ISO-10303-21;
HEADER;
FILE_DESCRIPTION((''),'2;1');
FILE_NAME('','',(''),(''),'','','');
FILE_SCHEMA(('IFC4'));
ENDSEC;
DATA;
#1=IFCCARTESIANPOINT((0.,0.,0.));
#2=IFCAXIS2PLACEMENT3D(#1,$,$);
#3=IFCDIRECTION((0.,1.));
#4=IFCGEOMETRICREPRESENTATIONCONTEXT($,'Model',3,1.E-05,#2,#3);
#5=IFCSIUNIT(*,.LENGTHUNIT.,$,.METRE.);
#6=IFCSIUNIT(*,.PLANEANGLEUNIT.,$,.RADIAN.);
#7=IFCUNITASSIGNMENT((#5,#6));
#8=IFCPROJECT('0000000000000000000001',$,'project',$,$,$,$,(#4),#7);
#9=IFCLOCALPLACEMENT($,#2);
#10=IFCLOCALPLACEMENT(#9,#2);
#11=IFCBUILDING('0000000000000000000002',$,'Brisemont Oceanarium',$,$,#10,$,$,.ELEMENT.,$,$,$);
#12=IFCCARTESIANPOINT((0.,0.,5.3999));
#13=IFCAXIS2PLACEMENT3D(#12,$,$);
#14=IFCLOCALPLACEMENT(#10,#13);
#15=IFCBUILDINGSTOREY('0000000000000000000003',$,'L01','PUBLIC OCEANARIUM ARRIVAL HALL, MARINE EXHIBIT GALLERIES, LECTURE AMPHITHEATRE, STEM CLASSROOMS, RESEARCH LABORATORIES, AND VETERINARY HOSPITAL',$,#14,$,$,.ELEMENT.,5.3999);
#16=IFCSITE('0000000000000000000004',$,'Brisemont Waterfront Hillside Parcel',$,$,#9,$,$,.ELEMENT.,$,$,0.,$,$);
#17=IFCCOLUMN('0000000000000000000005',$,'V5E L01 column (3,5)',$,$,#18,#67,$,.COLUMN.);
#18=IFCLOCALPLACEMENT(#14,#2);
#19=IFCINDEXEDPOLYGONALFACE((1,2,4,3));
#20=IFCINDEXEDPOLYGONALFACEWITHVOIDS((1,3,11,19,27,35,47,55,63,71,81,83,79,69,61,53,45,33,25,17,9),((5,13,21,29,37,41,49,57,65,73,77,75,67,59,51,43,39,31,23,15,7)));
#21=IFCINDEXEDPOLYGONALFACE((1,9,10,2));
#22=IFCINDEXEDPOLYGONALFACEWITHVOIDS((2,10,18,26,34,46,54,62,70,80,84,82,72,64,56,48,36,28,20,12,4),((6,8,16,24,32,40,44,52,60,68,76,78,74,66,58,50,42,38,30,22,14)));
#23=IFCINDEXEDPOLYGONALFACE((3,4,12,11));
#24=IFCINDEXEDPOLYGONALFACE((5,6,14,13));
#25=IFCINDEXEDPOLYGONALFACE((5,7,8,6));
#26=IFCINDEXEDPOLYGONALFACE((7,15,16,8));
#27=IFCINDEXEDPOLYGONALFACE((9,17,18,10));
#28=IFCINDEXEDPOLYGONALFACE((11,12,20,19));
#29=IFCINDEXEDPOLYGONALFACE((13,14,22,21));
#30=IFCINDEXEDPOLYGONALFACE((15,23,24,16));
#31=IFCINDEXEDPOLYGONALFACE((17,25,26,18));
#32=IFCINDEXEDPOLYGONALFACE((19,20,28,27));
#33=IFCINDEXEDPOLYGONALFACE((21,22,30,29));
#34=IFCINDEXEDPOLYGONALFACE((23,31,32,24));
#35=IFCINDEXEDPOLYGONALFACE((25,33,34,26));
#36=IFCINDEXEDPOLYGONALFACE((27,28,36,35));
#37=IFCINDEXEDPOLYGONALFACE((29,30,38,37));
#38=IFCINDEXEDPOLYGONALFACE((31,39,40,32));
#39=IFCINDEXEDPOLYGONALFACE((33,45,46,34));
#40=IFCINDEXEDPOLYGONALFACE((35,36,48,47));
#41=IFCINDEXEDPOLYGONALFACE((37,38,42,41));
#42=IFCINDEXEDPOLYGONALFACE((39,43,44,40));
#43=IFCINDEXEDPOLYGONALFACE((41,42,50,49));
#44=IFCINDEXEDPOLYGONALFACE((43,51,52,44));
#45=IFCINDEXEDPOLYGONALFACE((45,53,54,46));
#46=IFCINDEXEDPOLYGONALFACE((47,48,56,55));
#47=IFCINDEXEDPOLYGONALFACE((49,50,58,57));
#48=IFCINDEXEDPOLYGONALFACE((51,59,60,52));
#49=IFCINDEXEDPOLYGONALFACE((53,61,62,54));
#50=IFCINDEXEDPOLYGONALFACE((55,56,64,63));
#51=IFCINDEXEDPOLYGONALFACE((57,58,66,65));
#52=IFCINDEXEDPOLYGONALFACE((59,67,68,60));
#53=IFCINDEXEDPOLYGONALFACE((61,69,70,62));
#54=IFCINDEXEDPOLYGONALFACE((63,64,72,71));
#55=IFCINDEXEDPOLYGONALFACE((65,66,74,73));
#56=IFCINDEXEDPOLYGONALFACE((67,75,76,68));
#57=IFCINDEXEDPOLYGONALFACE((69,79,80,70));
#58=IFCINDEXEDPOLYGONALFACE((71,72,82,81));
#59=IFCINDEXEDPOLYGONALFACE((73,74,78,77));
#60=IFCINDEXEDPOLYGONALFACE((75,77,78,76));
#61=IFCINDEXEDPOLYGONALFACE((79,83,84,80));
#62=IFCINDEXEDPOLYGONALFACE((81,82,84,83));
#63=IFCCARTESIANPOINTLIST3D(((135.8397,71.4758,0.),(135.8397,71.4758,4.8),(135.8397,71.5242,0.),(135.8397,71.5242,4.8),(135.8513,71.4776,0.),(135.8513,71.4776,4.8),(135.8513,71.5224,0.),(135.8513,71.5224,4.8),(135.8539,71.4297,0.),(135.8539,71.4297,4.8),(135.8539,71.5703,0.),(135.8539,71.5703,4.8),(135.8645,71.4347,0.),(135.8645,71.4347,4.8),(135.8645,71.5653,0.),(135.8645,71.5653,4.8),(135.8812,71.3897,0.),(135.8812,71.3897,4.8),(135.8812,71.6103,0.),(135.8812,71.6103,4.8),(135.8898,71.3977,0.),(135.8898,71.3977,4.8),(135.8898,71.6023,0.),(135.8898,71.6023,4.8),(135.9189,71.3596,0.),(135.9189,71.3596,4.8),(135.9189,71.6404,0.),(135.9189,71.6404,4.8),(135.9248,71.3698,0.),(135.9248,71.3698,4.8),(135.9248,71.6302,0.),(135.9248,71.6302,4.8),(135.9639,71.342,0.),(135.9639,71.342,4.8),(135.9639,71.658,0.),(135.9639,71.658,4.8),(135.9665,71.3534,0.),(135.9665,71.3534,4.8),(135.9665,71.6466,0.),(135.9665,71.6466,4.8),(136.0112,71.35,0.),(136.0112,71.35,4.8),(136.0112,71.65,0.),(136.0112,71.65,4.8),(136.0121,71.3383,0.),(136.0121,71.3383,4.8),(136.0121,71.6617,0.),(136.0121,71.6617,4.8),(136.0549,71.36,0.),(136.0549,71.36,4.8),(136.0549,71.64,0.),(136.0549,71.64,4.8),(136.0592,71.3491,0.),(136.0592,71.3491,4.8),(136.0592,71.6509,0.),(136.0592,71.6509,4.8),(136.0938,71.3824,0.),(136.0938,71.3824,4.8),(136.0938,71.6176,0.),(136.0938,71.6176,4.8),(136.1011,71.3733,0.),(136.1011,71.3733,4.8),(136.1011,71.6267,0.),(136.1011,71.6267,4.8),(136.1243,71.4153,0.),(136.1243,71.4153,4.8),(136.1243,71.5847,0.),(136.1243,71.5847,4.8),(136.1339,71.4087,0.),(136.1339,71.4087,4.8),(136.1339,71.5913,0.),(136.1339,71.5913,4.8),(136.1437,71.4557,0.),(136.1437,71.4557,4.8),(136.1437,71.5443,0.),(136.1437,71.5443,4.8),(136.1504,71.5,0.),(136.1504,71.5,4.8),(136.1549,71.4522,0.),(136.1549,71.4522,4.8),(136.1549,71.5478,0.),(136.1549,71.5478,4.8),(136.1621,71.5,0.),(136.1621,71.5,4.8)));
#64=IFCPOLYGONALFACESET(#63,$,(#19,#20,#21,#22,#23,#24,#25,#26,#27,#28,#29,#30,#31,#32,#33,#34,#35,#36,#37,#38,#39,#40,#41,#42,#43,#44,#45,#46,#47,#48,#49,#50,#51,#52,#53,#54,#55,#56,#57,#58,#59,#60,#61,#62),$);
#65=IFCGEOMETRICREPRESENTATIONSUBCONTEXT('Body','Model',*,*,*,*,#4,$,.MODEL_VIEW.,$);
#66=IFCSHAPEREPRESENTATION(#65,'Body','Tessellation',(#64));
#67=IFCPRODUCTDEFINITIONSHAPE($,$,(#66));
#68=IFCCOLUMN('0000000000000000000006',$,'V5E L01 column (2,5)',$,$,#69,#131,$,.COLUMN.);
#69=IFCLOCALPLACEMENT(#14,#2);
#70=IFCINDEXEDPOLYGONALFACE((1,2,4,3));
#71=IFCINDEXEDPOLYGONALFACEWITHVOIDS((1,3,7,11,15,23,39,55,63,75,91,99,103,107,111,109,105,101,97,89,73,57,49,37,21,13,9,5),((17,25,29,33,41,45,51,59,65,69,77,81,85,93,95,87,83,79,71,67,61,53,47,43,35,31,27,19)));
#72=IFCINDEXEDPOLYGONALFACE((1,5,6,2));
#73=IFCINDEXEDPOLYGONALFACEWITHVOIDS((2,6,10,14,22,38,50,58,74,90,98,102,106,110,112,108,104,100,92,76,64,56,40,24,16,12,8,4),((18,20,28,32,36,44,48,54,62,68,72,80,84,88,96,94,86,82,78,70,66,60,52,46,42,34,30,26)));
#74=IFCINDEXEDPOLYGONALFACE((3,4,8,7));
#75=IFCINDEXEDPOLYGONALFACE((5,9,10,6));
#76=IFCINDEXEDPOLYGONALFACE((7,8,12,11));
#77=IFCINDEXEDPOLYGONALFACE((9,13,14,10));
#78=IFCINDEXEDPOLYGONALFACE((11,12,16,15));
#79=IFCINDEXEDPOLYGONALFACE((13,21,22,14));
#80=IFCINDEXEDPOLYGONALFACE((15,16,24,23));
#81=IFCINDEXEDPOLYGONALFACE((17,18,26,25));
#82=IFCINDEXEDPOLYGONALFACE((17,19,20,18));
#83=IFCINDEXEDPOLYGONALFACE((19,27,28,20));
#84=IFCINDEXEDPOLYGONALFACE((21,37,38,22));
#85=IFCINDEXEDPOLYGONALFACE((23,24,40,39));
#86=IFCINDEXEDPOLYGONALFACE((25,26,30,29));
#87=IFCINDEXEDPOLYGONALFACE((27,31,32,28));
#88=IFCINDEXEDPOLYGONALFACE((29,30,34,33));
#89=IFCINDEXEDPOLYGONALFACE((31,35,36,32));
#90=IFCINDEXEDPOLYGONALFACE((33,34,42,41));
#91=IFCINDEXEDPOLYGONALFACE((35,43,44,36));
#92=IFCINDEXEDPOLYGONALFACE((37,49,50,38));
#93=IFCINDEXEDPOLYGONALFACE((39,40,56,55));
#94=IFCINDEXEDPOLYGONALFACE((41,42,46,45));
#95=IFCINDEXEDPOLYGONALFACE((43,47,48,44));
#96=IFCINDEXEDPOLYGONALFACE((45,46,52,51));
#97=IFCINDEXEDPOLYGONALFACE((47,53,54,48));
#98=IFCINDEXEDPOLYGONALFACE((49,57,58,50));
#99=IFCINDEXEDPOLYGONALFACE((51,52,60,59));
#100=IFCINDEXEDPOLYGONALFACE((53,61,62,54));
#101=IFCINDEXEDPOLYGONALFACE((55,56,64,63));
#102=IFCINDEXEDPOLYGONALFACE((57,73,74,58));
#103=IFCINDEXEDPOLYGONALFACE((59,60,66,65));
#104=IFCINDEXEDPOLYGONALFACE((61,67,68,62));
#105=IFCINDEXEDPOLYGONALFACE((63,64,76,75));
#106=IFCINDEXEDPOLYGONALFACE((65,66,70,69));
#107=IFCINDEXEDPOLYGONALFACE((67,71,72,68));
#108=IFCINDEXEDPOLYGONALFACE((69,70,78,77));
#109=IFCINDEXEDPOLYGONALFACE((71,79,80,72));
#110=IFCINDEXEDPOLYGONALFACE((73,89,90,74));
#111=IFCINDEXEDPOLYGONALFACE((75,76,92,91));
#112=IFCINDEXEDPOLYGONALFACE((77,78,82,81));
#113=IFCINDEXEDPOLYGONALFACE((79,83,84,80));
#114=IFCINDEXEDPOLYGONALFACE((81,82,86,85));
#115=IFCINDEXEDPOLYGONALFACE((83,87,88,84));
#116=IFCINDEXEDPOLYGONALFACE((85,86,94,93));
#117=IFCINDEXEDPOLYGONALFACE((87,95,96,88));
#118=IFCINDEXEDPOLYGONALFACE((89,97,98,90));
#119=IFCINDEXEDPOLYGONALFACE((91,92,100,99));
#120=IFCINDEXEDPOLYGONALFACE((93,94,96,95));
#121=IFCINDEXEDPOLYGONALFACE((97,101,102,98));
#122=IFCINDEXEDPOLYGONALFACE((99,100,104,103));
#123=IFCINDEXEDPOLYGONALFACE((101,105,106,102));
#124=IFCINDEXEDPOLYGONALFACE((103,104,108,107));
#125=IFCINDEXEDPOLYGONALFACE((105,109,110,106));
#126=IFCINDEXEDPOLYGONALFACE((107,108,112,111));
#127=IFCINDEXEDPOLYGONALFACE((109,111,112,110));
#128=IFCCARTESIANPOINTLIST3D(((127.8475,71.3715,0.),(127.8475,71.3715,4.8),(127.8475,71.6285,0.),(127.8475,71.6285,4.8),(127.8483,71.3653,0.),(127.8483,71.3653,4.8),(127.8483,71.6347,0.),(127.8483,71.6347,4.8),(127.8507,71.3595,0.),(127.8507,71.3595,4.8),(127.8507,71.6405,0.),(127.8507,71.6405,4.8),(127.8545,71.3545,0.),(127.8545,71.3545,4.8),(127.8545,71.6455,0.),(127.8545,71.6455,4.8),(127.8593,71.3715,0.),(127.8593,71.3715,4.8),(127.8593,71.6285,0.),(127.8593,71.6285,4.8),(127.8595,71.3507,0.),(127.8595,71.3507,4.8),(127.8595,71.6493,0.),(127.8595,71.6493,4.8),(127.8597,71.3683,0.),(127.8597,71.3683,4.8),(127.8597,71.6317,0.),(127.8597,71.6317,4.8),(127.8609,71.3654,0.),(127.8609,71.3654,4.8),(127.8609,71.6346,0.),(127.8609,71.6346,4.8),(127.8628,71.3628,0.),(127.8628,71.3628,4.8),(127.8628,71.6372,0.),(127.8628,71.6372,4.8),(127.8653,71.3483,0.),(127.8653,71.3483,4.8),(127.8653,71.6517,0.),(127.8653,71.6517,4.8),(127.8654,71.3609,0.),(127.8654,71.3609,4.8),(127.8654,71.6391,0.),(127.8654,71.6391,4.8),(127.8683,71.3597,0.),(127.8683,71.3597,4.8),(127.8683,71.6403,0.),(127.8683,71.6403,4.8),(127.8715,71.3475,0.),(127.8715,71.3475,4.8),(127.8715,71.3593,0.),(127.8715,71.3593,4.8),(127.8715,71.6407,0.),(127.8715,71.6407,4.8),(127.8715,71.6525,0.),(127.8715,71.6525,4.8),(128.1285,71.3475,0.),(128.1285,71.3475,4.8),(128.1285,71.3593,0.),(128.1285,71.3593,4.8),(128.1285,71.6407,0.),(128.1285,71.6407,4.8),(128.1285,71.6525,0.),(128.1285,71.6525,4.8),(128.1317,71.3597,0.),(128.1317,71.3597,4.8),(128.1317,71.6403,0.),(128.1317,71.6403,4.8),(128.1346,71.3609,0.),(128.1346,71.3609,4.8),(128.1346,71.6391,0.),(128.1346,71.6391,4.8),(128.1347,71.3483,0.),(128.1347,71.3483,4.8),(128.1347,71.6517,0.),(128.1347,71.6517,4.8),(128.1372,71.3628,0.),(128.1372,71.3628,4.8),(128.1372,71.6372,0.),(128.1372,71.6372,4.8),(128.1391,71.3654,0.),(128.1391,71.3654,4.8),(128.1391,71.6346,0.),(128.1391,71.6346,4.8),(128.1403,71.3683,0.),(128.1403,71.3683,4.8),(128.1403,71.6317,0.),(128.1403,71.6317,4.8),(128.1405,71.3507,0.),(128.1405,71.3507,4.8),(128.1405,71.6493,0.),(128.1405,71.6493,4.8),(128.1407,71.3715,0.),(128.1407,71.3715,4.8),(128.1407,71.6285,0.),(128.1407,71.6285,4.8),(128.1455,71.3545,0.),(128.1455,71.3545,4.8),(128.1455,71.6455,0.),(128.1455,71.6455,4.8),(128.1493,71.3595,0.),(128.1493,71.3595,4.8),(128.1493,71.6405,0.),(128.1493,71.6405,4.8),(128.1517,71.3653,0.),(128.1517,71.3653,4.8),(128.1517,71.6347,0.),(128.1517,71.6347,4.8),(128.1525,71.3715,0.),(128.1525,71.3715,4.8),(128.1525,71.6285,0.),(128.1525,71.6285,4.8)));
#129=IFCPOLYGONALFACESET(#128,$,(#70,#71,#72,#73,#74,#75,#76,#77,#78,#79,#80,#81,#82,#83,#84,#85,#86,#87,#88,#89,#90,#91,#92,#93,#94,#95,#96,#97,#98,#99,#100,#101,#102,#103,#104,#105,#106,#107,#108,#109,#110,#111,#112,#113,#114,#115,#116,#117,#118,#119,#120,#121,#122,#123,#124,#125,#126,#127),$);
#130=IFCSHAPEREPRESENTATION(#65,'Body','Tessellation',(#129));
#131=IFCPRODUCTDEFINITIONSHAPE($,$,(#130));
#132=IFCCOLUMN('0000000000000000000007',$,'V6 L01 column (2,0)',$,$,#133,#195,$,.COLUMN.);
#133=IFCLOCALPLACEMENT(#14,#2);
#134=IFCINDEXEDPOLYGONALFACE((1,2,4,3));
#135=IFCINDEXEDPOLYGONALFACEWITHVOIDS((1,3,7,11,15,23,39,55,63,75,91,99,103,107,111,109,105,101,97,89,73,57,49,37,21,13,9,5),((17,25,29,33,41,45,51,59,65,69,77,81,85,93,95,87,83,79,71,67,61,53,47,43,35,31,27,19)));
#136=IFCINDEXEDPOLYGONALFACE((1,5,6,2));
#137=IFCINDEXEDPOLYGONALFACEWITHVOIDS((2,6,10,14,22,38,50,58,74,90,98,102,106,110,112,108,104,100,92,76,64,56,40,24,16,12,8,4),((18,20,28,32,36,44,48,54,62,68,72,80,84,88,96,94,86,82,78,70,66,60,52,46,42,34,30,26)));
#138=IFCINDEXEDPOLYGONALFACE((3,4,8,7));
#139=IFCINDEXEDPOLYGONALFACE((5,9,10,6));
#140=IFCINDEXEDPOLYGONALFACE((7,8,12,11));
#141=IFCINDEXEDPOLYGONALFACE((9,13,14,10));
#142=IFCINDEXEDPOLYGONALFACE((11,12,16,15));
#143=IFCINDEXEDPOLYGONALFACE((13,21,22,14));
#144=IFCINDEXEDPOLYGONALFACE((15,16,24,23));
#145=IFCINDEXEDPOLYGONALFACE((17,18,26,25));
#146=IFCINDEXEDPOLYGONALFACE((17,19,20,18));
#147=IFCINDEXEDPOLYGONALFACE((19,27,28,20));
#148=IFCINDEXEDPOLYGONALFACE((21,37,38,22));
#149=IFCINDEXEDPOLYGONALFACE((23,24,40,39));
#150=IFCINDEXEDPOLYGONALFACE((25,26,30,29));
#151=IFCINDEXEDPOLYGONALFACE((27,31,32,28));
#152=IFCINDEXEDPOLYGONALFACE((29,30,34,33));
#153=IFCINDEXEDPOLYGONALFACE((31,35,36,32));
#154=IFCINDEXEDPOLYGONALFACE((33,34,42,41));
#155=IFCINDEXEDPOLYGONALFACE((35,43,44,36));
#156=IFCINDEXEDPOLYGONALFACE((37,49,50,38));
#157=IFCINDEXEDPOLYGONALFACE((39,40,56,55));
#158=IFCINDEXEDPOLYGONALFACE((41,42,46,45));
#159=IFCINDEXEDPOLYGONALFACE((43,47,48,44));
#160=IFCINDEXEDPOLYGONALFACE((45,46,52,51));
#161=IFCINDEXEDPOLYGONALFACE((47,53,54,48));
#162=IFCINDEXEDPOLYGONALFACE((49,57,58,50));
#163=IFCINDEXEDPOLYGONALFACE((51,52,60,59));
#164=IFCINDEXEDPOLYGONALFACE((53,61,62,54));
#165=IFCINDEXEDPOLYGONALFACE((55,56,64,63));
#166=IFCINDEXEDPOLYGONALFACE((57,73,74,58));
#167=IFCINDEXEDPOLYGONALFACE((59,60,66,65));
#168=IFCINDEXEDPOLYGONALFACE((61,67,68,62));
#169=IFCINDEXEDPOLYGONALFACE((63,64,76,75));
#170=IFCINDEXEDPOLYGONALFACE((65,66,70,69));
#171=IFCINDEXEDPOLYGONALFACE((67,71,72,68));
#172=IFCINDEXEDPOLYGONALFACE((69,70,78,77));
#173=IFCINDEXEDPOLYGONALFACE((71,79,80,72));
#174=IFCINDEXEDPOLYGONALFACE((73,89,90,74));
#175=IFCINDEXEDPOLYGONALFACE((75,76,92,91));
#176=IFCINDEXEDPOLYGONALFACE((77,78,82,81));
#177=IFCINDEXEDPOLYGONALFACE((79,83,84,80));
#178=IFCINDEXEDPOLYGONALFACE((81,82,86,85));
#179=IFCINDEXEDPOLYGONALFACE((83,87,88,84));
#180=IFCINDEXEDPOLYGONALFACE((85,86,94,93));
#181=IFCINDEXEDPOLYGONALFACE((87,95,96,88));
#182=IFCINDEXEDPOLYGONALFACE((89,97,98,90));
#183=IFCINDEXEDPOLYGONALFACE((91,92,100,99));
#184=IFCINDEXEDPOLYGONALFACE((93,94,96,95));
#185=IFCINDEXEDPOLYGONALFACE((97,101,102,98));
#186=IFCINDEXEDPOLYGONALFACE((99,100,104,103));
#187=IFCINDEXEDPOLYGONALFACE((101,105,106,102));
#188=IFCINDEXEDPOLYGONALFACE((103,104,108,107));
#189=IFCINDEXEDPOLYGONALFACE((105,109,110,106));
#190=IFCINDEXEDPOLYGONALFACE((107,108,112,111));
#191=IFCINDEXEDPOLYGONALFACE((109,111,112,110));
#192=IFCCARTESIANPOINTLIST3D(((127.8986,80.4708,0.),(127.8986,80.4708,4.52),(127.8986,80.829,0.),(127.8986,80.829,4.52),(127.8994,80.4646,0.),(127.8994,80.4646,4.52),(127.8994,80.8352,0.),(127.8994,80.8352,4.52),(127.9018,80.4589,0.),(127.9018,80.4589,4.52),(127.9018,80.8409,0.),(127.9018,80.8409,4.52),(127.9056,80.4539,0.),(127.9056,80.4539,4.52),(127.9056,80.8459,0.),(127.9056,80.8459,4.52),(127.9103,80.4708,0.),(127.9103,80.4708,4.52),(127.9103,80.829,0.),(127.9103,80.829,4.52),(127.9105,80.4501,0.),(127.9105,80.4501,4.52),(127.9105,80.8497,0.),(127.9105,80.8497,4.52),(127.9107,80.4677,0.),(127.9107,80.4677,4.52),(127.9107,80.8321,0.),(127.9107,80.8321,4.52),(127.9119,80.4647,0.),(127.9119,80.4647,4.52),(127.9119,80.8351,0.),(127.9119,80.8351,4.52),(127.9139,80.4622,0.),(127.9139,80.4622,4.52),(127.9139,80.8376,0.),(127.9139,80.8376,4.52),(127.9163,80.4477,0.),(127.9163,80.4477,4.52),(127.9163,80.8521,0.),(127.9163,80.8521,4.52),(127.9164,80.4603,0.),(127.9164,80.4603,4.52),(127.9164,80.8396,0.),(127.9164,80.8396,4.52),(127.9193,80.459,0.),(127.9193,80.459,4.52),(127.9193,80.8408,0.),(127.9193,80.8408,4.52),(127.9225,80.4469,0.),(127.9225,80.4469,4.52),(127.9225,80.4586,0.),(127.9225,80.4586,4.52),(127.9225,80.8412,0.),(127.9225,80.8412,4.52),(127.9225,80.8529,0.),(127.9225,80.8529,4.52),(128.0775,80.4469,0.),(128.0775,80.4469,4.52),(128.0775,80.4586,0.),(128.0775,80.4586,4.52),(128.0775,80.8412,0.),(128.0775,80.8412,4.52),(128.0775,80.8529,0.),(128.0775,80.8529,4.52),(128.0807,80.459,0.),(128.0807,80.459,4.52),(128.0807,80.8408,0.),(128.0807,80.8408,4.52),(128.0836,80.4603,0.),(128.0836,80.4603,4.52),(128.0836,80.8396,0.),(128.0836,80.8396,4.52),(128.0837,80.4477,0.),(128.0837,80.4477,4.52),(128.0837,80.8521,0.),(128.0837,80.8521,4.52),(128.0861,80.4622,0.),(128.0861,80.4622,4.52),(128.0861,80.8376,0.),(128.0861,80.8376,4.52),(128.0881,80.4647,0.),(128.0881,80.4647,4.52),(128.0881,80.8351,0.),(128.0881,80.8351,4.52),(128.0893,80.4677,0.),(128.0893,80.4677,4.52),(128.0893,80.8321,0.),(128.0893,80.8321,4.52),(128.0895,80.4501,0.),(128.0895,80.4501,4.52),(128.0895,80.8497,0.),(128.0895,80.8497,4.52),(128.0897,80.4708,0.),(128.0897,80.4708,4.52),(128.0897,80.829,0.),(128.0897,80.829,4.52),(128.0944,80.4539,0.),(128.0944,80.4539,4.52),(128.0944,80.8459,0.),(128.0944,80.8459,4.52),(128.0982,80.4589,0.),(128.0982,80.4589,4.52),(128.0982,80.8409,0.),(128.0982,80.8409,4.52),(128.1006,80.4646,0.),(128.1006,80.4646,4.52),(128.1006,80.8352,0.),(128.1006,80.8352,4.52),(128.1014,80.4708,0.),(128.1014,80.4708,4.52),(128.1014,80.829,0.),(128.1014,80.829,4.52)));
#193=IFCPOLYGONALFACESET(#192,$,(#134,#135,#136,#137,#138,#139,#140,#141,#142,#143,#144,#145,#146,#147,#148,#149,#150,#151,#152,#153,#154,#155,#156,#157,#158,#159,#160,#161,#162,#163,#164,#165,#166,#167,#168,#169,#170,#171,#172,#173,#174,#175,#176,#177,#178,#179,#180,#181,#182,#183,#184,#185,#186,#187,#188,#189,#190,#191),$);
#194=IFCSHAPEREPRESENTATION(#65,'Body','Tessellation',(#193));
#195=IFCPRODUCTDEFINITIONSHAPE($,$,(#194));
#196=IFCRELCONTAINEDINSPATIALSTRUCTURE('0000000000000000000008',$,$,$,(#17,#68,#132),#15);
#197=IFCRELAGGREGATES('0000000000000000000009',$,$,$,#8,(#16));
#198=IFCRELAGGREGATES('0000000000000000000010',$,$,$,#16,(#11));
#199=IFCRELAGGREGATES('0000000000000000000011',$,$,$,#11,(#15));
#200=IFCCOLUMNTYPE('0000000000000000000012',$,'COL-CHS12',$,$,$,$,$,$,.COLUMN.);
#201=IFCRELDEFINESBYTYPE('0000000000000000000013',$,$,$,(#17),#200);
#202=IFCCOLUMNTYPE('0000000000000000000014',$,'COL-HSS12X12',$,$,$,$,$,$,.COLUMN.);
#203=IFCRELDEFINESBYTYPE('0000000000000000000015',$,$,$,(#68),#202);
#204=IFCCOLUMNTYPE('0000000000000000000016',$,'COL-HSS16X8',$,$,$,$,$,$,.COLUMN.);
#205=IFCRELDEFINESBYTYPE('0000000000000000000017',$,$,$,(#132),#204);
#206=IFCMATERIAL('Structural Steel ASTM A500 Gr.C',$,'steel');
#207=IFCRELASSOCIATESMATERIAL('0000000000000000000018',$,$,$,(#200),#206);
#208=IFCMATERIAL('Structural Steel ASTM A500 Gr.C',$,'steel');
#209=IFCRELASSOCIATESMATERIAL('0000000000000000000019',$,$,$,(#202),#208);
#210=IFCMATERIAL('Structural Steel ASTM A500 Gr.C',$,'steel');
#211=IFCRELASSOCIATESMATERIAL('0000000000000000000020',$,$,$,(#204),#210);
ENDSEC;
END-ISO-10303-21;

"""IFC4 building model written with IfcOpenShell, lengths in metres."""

from ifc_helpers import new_model, si_unit, direction, frame, origin, origin_2d, place, context, subcontext, project, spatial, hollow_rectangle, hollow_circle, extrude, material, material_profile, profile_set, type_object, element, save


model = new_model("IFC4")

# Units and contexts
model_context = context("Model", 3, precision=1e-05, world=origin(), true_north=direction((0.0, 1.0)))
body_context = subcontext(model_context, "Body", "Model", "MODEL_VIEW")
ifc_project = project(units=[si_unit("LENGTHUNIT", "METRE"), si_unit("PLANEANGLEUNIT", "RADIAN")], contexts=[model_context])

# Site, building, storey
site_placement = place(None, origin())
site = spatial("IfcSite", under=ifc_project, at=site_placement, Name="Brisemont Waterfront Hillside Parcel", CompositionType="ELEMENT", RefElevation=0.0)
building_placement = place(site_placement, origin())
building = spatial("IfcBuilding", under=site, at=building_placement, Name="Brisemont Oceanarium", CompositionType="ELEMENT")
storey_placement = place(building_placement, frame((0.0, 0.0, 5.3999)))
storey = spatial("IfcBuildingStorey", under=building, at=storey_placement, Name="L01", Description="PUBLIC OCEANARIUM ARRIVAL HALL, MARINE EXHIBIT GALLERIES, LECTURE AMPHITHEATRE, STEM CLASSROOMS, RESEARCH LABORATORIES, AND VETERINARY HOSPITAL", CompositionType="ELEMENT", Elevation=5.3999)

# Columns
ifc_material_1 = material(Name="Structural Steel ASTM A500 Gr.C", Category="steel")
ifc_material_profile_1 = material_profile(ifc_material_1, hollow_circle(Radius=0.1621, WallThickness=0.0117, at=origin_2d()), Name="HSS12.750X0.500")
ifc_profile_set_1 = profile_set([ifc_material_profile_1], Name="Structural Steel ASTM A500 Gr.C")
column_type_1 = type_object("IfcColumnType", Name="COL-CHS12", PredefinedType="COLUMN", material=ifc_profile_set_1)
column_1_placement = place(storey_placement, frame((136.0, 71.5, 0.0), z_axis=(0.0, 0.0, 1.0), x_axis=(1.0, 0.0, 0.0)))
element("IfcColumn", 1, at=column_1_placement, inside=storey, type_object=column_type_1, Name="V5E L01 column (3,5)", PredefinedType="COLUMN", context=body_context, shape_type="SweptSolid", body=[
    extrude(hollow_circle(Radius=0.1621, WallThickness=0.0117, at=origin_2d()), origin(), (0.0, 0.0, 1.0), 4.8),
])
ifc_material_2 = material(Name="Structural Steel ASTM A500 Gr.C", Category="steel")
ifc_material_profile_2 = material_profile(ifc_material_2, hollow_rectangle(XDim=0.3049, YDim=0.3049, WallThickness=0.0117, InnerFilletRadius=0.0122, OuterFilletRadius=0.0239, at=origin_2d()), Name="HSS12X12X1/2")
ifc_profile_set_2 = profile_set([ifc_material_profile_2], Name="Structural Steel ASTM A500 Gr.C")
column_type_2 = type_object("IfcColumnType", Name="COL-HSS12X12", PredefinedType="COLUMN", material=ifc_profile_set_2)
column_2_placement = place(storey_placement, frame((128.0, 71.5, 0.0), z_axis=(0.0, 0.0, 1.0), x_axis=(0.0, 1.0, 0.0)))
element("IfcColumn", 2, at=column_2_placement, inside=storey, type_object=column_type_2, Name="V5E L01 column (2,5)", PredefinedType="COLUMN", context=body_context, shape_type="SweptSolid", body=[
    extrude(hollow_rectangle(XDim=0.3049, YDim=0.3049, WallThickness=0.0117, InnerFilletRadius=0.0122, OuterFilletRadius=0.0239, at=origin_2d()), origin(), (0.0, 0.0, 1.0), 4.8),
])
ifc_material_3 = material(Name="Structural Steel ASTM A500 Gr.C", Category="steel")
ifc_material_profile_3 = material_profile(ifc_material_3, hollow_rectangle(XDim=0.2029, YDim=0.406, WallThickness=0.0117, InnerFilletRadius=0.0122, OuterFilletRadius=0.0239, at=origin_2d()), Name="HSS16X8X1/2")
ifc_profile_set_3 = profile_set([ifc_material_profile_3], Name="Structural Steel ASTM A500 Gr.C")
column_type_3 = type_object("IfcColumnType", Name="COL-HSS16X8", PredefinedType="COLUMN", material=ifc_profile_set_3)
column_3_placement = place(storey_placement, frame((128.0, 80.6499, 0.0), z_axis=(0.0, 0.0, 1.0), x_axis=(1.0, 0.0, 0.0)))
element("IfcColumn", 3, at=column_3_placement, inside=storey, type_object=column_type_3, Name="V6 L01 column (2,0)", PredefinedType="COLUMN", context=body_context, shape_type="SweptSolid", body=[
    extrude(hollow_rectangle(XDim=0.2029, YDim=0.406, WallThickness=0.0117, InnerFilletRadius=0.0122, OuterFilletRadius=0.0239, at=origin_2d()), origin(), (0.0, 0.0, 1.0), 4.52),
])

save(model, "model.ifc")
